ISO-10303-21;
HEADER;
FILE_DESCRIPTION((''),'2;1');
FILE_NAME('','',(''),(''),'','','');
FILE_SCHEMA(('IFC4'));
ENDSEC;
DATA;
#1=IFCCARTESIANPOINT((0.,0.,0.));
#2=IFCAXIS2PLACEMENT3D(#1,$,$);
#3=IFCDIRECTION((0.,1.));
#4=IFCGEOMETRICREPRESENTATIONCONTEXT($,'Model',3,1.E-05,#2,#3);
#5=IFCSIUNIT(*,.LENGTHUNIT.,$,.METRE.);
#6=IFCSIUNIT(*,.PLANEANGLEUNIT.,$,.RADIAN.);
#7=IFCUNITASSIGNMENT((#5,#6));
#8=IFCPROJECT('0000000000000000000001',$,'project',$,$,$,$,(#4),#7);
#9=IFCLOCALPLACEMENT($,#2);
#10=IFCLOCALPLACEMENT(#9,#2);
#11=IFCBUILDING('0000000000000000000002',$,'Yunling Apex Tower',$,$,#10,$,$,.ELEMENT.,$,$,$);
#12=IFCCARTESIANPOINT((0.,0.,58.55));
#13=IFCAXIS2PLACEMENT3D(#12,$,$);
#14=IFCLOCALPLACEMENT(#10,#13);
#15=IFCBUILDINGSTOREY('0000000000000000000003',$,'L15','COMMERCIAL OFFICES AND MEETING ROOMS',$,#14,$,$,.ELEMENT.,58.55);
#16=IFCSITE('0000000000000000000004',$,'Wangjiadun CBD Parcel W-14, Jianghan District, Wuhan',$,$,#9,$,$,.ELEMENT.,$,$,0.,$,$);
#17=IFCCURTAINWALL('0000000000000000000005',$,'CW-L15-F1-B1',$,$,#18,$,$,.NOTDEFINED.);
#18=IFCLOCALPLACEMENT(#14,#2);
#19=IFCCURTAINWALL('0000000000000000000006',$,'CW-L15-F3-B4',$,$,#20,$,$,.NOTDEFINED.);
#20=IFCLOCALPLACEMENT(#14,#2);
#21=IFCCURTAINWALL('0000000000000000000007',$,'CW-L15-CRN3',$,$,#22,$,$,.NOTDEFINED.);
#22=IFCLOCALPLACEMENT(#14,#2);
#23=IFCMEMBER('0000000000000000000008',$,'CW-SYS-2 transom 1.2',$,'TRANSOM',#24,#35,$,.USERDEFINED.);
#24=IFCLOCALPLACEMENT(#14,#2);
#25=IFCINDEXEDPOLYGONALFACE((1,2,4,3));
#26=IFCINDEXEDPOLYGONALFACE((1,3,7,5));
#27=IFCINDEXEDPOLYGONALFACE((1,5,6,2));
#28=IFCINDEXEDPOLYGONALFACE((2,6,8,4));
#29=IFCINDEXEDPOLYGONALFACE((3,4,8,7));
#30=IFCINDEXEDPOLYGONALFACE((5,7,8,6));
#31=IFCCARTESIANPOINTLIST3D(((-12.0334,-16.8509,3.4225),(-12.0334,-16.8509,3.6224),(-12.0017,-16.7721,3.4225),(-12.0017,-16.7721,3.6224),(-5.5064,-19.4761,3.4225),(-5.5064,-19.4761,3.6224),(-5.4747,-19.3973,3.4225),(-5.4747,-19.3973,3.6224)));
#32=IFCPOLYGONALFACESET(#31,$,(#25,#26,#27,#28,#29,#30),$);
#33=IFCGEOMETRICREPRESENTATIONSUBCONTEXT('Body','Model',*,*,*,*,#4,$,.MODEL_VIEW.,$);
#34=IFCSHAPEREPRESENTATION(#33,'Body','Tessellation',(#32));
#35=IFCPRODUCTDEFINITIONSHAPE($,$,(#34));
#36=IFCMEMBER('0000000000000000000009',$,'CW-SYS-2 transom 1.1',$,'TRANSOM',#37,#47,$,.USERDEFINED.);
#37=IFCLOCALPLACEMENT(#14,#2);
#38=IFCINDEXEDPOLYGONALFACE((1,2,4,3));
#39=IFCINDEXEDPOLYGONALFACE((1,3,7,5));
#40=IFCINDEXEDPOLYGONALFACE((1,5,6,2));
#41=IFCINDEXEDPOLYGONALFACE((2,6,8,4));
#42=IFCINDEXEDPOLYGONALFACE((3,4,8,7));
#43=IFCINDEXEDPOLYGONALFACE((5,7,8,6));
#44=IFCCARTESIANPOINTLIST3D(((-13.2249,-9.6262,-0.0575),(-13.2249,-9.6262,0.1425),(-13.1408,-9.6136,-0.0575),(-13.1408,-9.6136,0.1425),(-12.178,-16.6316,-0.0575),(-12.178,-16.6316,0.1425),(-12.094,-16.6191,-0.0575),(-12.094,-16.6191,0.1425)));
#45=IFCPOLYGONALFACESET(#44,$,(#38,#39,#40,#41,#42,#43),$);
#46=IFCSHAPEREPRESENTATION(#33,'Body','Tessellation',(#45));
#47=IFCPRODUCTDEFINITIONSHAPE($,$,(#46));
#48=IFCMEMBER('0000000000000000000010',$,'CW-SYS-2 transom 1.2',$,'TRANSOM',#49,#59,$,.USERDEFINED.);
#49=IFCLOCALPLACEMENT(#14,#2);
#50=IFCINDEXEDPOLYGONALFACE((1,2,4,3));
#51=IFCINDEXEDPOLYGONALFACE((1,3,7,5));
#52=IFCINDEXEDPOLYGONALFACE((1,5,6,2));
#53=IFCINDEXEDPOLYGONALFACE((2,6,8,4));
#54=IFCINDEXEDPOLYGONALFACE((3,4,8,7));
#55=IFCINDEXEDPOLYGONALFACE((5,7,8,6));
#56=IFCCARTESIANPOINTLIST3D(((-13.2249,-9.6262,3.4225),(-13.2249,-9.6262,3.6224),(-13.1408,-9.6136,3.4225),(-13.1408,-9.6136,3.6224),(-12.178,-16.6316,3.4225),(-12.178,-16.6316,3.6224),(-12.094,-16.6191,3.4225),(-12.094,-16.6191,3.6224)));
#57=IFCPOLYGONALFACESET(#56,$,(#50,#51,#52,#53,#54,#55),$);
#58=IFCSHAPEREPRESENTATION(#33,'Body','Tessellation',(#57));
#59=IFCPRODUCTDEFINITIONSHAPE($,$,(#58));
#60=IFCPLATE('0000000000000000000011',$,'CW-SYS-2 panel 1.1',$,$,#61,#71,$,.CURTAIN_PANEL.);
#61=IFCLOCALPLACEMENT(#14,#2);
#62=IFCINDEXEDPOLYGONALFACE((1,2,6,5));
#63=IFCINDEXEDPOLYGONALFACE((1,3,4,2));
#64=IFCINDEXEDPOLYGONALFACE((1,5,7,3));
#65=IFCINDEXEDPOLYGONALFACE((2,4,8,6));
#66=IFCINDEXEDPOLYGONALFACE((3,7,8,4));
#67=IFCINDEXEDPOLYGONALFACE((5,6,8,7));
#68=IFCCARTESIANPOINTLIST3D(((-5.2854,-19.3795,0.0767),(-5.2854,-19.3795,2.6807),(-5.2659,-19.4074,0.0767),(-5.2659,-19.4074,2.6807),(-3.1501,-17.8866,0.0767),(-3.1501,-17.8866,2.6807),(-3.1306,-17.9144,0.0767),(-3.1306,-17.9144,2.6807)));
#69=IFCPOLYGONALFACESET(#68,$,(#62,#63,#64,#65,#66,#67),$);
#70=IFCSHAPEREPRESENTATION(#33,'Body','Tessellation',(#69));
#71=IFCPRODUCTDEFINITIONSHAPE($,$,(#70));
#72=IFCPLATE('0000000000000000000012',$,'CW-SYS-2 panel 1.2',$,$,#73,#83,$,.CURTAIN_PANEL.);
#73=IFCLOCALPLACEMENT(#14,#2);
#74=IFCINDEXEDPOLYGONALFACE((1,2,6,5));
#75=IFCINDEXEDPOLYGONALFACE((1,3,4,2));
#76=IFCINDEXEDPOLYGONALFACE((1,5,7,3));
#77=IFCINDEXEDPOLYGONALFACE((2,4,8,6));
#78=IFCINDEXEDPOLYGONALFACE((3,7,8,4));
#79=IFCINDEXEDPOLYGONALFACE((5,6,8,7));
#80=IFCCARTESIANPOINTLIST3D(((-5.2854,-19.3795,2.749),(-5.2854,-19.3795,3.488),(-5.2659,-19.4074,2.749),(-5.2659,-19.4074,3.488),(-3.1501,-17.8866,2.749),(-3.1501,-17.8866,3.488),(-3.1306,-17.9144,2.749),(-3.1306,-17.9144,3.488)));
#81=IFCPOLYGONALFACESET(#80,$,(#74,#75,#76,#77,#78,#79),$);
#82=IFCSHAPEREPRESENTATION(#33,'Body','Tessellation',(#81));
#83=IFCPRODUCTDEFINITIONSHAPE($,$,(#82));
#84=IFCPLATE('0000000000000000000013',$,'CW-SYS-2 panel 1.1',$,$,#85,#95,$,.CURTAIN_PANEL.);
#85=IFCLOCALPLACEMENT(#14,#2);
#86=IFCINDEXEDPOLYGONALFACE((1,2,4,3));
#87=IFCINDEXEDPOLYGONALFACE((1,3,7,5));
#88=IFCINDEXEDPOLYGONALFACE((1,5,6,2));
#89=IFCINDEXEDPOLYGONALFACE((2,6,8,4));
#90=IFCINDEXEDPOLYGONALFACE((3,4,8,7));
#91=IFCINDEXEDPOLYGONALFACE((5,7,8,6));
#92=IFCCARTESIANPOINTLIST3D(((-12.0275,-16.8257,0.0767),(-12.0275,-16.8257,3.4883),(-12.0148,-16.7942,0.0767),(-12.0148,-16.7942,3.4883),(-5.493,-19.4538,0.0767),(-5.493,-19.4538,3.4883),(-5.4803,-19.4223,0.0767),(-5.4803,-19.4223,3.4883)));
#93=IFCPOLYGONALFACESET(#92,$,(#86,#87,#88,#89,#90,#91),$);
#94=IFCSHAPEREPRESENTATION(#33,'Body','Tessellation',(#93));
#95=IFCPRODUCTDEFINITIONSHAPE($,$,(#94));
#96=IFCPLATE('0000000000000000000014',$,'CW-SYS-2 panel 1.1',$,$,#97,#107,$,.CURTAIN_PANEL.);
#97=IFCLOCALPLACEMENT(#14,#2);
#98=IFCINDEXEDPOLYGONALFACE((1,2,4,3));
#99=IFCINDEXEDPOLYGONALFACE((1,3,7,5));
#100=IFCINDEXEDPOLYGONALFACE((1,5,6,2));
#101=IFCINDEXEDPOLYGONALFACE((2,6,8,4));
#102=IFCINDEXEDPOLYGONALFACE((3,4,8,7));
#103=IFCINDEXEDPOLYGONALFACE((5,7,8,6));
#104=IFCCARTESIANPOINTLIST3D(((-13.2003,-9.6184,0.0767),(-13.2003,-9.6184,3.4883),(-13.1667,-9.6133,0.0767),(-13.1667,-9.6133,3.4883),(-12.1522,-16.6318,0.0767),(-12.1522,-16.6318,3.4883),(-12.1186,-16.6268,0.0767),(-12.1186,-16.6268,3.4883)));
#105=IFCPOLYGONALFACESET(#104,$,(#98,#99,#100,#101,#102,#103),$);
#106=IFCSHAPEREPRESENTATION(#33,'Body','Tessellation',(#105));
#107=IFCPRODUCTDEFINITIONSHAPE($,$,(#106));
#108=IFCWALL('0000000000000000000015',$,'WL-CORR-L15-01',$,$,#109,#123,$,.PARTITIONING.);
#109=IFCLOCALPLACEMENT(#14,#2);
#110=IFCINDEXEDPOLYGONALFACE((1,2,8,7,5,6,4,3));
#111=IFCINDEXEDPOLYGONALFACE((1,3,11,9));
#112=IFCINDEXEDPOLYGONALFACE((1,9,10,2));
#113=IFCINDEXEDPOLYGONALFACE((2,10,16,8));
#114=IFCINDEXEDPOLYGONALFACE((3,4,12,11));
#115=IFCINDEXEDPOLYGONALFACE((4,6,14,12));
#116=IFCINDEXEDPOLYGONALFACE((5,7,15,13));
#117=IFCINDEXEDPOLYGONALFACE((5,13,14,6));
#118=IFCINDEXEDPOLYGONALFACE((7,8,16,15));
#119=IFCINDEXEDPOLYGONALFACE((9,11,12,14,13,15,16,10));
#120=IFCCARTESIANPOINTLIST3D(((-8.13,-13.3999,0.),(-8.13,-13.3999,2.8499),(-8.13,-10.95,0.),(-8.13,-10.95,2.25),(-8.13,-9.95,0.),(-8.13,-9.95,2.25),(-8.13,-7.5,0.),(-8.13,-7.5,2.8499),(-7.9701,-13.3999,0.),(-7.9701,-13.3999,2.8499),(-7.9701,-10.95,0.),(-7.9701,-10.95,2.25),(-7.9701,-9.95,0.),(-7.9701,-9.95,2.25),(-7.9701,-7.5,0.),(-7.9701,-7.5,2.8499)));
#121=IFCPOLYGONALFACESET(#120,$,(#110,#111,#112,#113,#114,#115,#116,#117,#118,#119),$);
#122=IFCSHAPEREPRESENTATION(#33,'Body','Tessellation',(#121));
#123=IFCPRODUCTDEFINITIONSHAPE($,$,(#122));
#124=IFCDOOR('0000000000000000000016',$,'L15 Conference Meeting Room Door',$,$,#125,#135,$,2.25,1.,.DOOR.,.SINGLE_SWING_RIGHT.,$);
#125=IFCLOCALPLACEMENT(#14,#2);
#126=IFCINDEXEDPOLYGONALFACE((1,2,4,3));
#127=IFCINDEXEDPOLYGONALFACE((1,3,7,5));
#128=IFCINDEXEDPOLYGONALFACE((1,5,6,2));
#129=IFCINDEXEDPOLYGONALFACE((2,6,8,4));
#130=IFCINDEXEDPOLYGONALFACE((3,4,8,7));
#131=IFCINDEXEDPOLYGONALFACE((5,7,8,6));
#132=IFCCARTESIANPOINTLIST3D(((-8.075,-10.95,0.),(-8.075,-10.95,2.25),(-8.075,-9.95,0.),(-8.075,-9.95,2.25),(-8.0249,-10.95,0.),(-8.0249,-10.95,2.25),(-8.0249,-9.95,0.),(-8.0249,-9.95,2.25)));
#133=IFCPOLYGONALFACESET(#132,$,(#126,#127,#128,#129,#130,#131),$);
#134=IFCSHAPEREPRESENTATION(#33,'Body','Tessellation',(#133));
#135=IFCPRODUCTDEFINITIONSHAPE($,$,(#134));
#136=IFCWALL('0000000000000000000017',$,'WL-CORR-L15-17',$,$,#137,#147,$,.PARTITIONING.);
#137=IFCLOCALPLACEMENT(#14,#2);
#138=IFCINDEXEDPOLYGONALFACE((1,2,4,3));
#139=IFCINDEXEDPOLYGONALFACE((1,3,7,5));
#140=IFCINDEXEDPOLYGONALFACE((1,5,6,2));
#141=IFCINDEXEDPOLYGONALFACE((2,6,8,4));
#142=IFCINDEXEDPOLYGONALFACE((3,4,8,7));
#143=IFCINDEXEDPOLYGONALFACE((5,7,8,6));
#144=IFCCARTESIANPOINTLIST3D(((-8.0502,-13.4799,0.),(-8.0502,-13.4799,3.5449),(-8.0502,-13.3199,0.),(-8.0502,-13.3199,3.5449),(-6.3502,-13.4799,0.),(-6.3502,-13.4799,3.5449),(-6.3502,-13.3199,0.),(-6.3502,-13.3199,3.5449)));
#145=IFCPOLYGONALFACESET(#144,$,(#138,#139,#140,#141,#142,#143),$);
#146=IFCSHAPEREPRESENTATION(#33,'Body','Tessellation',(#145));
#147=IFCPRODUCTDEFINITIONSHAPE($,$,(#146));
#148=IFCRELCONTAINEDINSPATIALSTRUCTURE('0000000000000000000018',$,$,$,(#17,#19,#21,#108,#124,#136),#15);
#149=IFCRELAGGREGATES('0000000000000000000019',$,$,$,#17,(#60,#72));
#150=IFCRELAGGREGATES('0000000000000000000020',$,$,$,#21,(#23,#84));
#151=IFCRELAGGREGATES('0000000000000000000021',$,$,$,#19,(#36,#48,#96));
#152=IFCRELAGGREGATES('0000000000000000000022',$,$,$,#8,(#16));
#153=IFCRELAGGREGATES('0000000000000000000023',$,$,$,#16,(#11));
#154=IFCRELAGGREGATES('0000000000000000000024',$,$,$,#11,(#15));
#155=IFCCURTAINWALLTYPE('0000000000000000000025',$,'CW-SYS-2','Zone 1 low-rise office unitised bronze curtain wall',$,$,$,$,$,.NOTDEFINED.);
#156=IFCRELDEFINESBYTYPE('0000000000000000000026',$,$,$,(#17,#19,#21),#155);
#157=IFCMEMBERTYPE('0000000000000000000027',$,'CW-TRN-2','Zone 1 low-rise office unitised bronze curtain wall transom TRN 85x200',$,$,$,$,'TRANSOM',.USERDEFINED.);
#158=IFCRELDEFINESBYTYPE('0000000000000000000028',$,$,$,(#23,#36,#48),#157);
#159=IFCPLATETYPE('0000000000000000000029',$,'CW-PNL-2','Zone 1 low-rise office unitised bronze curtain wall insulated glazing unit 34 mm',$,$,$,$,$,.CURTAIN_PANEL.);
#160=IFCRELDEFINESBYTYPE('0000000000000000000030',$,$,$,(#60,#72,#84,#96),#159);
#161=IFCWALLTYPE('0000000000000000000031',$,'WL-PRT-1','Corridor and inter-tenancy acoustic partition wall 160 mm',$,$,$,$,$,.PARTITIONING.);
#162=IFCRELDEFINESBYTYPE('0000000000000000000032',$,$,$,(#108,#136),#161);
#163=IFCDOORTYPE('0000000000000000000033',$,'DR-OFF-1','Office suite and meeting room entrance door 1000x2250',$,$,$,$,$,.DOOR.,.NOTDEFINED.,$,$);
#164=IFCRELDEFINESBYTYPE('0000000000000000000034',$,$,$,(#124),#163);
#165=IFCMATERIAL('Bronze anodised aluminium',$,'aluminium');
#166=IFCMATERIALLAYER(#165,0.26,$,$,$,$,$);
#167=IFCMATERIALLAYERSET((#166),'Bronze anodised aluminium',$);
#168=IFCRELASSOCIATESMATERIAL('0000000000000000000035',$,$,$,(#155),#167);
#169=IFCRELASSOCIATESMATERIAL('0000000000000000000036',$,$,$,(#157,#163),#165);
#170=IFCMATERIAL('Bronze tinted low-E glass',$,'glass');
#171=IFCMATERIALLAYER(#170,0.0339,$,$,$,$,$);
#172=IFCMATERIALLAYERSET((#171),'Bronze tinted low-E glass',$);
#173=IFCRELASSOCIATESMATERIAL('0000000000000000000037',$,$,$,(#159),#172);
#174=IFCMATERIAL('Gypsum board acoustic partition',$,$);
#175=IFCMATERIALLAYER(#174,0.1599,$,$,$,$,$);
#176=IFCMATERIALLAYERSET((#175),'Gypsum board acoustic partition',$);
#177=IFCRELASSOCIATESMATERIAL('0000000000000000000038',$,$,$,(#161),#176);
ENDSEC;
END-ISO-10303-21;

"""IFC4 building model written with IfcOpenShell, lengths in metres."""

from ifc_helpers import new_model, si_unit, direction, frame, frame_2d, origin, origin_2d, place, context, subcontext, project, spatial, rectangle, extrude, source, transform, mapped, material, layer, layer_set, material_profile, profile_set, type_object, element, fill, aggregate, save


model = new_model("IFC4")

# Units and contexts
model_context = context("Model", 3, precision=1e-05, world=origin(), true_north=direction((0.0, 1.0)))
body_context = subcontext(model_context, "Body", "Model", "MODEL_VIEW")
ifc_project = project(units=[si_unit("LENGTHUNIT", "METRE"), si_unit("PLANEANGLEUNIT", "RADIAN")], contexts=[model_context])

# Site, building, storey
site_placement = place(None, origin())
site = spatial("IfcSite", under=ifc_project, at=site_placement, Name="Wangjiadun CBD Parcel W-14, Jianghan District, Wuhan", CompositionType="ELEMENT", RefElevation=0.0)
building_placement = place(site_placement, origin())
building = spatial("IfcBuilding", under=site, at=building_placement, Name="Yunling Apex Tower", CompositionType="ELEMENT")
storey_placement = place(building_placement, frame((0.0, 0.0, 58.55)))
storey = spatial("IfcBuildingStorey", under=building, at=storey_placement, Name="L15", Description="COMMERCIAL OFFICES AND MEETING ROOMS", CompositionType="ELEMENT", Elevation=58.55)

# Curtain wall
ifc_material_1 = material(Name="Bronze anodised aluminium", Category="aluminium")
ifc_layer_1 = layer(ifc_material_1, 0.26)
ifc_layer_set_1 = layer_set([ifc_layer_1], Name="Bronze anodised aluminium")
curtain_wall_type = type_object("IfcCurtainWallType", Name="CW-SYS-2", Description="Zone 1 low-rise office unitised bronze curtain wall", PredefinedType="NOTDEFINED", material=ifc_layer_set_1)
curtain_wall_1_placement = place(storey_placement, origin())
curtain_wall_1 = element("IfcCurtainWall", 1, at=curtain_wall_1_placement, inside=storey, type_object=curtain_wall_type, Name="CW-L15-F1-B1", PredefinedType="NOTDEFINED")

# Curtain walls
curtain_wall_2_placement = place(storey_placement, origin())
curtain_wall_2 = element("IfcCurtainWall", 2, at=curtain_wall_2_placement, inside=storey, type_object=curtain_wall_type, Name="CW-L15-F3-B4", PredefinedType="NOTDEFINED")
curtain_wall_3_placement = place(storey_placement, origin())
curtain_wall_3 = element("IfcCurtainWall", 3, at=curtain_wall_3_placement, inside=storey, type_object=curtain_wall_type, Name="CW-L15-CRN3", PredefinedType="NOTDEFINED")

# Members
ifc_material_profile_1 = material_profile(ifc_material_1, rectangle(XDim=0.085, YDim=0.2, at=origin_2d()))
ifc_profile_set_1 = profile_set([ifc_material_profile_1], Name="Bronze anodised aluminium")
member_type_1 = type_object("IfcMemberType", Name="CW-TRN-2", Description="Zone 1 low-rise office unitised bronze curtain wall transom TRN 85x200", ElementType="TRANSOM", PredefinedType="USERDEFINED", material=ifc_profile_set_1)
shared_shape_1 = source(origin(), body_context, "Body", "SweptSolid", [
    extrude(rectangle(XDim=0.085, YDim=0.2, at=origin_2d()), origin(), (0.0, 0.0, 1.0), 7.0352),
])
member_1_placement = place(storey_placement, frame((-12.0176, -16.8115, 3.5225), z_axis=(0.927769, -0.373155, 0.0), x_axis=(0.373155, 0.927769, 0.0)))
member_1 = element("IfcMember", 4, at=member_1_placement, type_object=member_type_1, Name="CW-SYS-2 transom 1.2", ObjectType="TRANSOM", PredefinedType="USERDEFINED", context=body_context, shape_type="MappedRepresentation", body=[
    mapped(shared_shape_1, transform((0.0, 0.0, 0.0), scale=1.0)),
])
shared_shape_2 = source(origin(), body_context, "Body", "SweptSolid", [
    extrude(rectangle(XDim=0.085, YDim=0.2, at=origin_2d()), origin(), (0.0, 0.0, 1.0), 7.0833),
])
member_2_placement = place(storey_placement, frame((-13.1829, -9.6199, 0.0425), z_axis=(0.147798, -0.989018, 0.0), x_axis=(0.989018, 0.147798, 0.0)))
member_2 = element("IfcMember", 5, at=member_2_placement, type_object=member_type_1, Name="CW-SYS-2 transom 1.1", ObjectType="TRANSOM", PredefinedType="USERDEFINED", context=body_context, shape_type="MappedRepresentation", body=[
    mapped(shared_shape_2, transform((0.0, 0.0, 0.0), scale=1.0)),
])
member_3_placement = place(storey_placement, frame((-13.1829, -9.6199, 3.5225), z_axis=(0.147798, -0.989018, 0.0), x_axis=(0.989018, 0.147798, 0.0)))
member_3 = element("IfcMember", 6, at=member_3_placement, type_object=member_type_1, Name="CW-SYS-2 transom 1.2", ObjectType="TRANSOM", PredefinedType="USERDEFINED", context=body_context, shape_type="MappedRepresentation", body=[
    mapped(shared_shape_2, transform((0.0, 0.0, 0.0), scale=1.0)),
])

# Plates
ifc_material_2 = material(Name="Bronze tinted low-E glass", Category="glass")
ifc_layer_2 = layer(ifc_material_2, 0.0339)
ifc_layer_set_2 = layer_set([ifc_layer_2], Name="Bronze tinted low-E glass")
plate_type = type_object("IfcPlateType", Name="CW-PNL-2", Description="Zone 1 low-rise office unitised bronze curtain wall insulated glazing unit 34 mm", PredefinedType="CURTAIN_PANEL", material=ifc_layer_set_2)
shared_shape_3 = source(origin(), body_context, "Body", "SweptSolid", [
    extrude(rectangle(XDim=2.6055, YDim=0.0339, at=origin_2d()), origin(), (0.0, 0.0, 1.0), 2.604),
])
plate_1_placement = place(storey_placement, frame((-4.208, -18.647, 0.0767), z_axis=(0.0, 0.0, 1.0), x_axis=(0.819552, 0.573004, 0.0)))
plate_1 = element("IfcPlate", 7, at=plate_1_placement, type_object=plate_type, Name="CW-SYS-2 panel 1.1", PredefinedType="CURTAIN_PANEL", context=body_context, shape_type="MappedRepresentation", body=[
    mapped(shared_shape_3, transform((0.0, 0.0, 0.0), scale=1.0)),
])
shared_shape_4 = source(origin(), body_context, "Body", "SweptSolid", [
    extrude(rectangle(XDim=2.6055, YDim=0.0339, at=origin_2d()), origin(), (0.0, 0.0, 1.0), 0.739),
])
plate_2_placement = place(storey_placement, frame((-4.208, -18.647, 2.749), z_axis=(0.0, 0.0, 1.0), x_axis=(0.819552, 0.573004, 0.0)))
plate_2 = element("IfcPlate", 8, at=plate_2_placement, type_object=plate_type, Name="CW-SYS-2 panel 1.2", PredefinedType="CURTAIN_PANEL", context=body_context, shape_type="MappedRepresentation", body=[
    mapped(shared_shape_4, transform((0.0, 0.0, 0.0), scale=1.0)),
])
aggregate(curtain_wall_1, [plate_1, plate_2])
shared_shape_5 = source(origin(), body_context, "Body", "SweptSolid", [
    extrude(rectangle(XDim=7.0432, YDim=0.0339, at=origin_2d()), origin(), (0.0, 0.0, 1.0), 3.4116),
])
plate_3_placement = place(storey_placement, frame((-8.7539, -18.124, 0.0767), z_axis=(0.0, 0.0, 1.0), x_axis=(0.927774, -0.373144, 0.0)))
plate_3 = element("IfcPlate", 9, at=plate_3_placement, type_object=plate_type, Name="CW-SYS-2 panel 1.1", PredefinedType="CURTAIN_PANEL", context=body_context, shape_type="MappedRepresentation", body=[
    mapped(shared_shape_5, transform((0.0, 0.0, 0.0), scale=1.0)),
])
aggregate(curtain_wall_3, [member_1, plate_3])
shared_shape_6 = source(origin(), body_context, "Body", "SweptSolid", [
    extrude(rectangle(XDim=7.0913, YDim=0.0339, at=origin_2d()), origin(), (0.0, 0.0, 1.0), 3.4116),
])
plate_4_placement = place(storey_placement, frame((-12.6594, -13.1226, 0.0767), z_axis=(0.0, 0.0, 1.0), x_axis=(0.147801, -0.989017, 0.0)))
plate_4 = element("IfcPlate", 10, at=plate_4_placement, type_object=plate_type, Name="CW-SYS-2 panel 1.1", PredefinedType="CURTAIN_PANEL", context=body_context, shape_type="MappedRepresentation", body=[
    mapped(shared_shape_6, transform((0.0, 0.0, 0.0), scale=1.0)),
])
aggregate(curtain_wall_2, [member_2, member_3, plate_4])

# Wall, opening, door
ifc_material_3 = material(Name="Gypsum board acoustic partition")
ifc_layer_3 = layer(ifc_material_3, 0.1599)
ifc_layer_set_3 = layer_set([ifc_layer_3], Name="Gypsum board acoustic partition")
wall_type = type_object("IfcWallType", Name="WL-PRT-1", Description="Corridor and inter-tenancy acoustic partition wall 160 mm", PredefinedType="PARTITIONING", material=ifc_layer_set_3)
wall_1_placement = place(storey_placement, frame((-8.05, -13.3999, 0.0), z_axis=(0.0, 0.0, 1.0), x_axis=(0.0, 1.0, 0.0)))
wall_1 = element("IfcWall", 11, at=wall_1_placement, inside=storey, type_object=wall_type, Name="WL-CORR-L15-01", PredefinedType="PARTITIONING", context=body_context, shape_type="SweptSolid", body=[
    extrude(rectangle(XDim=5.8999, YDim=0.1599, at=frame_2d((2.95, 0.0))), origin(), (0.0, 0.0, 1.0), 2.8499),
])
opening_placement = place(wall_1_placement, frame((2.45, 0.0, 0.0)))
opening = element("IfcOpeningElement", 12, at=opening_placement, cuts=wall_1, PredefinedType="OPENING", context=body_context, shape_type="SweptSolid", body=[
    extrude(rectangle(XDim=1.0, YDim=2.25, at=frame_2d((0.5, 1.125))), frame((0.0, 0.0898, 0.0), z_axis=(0.0, -1.0, 0.0), x_axis=(1.0, 0.0, 0.0)), (0.0, 0.0, 1.0), 0.1799),
])
door_type = type_object("IfcDoorType", Name="DR-OFF-1", Description="Office suite and meeting room entrance door 1000x2250", OperationType="NOTDEFINED", PredefinedType="DOOR", material=ifc_material_1)
door_placement = place(opening_placement, origin())
door = element("IfcDoor", 13, at=door_placement, inside=storey, type_object=door_type, Name="L15 Conference Meeting Room Door", OperationType="SINGLE_SWING_RIGHT", OverallHeight=2.25, OverallWidth=1.0, PredefinedType="DOOR", context=body_context, shape_type="SweptSolid", body=[
    extrude(rectangle(XDim=1.0, YDim=2.25, at=frame_2d((0.5, 1.125))), frame((0.0, 0.0249, 0.0), z_axis=(0.0, -1.0, 0.0), x_axis=(1.0, 0.0, 0.0)), (0.0, 0.0, 1.0), 0.05),
])
fill(opening, door)

# Wall
wall_2_placement = place(storey_placement, frame((-6.3501, -13.3999, 0.0), z_axis=(0.0, 0.0, 1.0), x_axis=(-1.0, 0.0, 0.0)))
element("IfcWall", 14, at=wall_2_placement, inside=storey, type_object=wall_type, Name="WL-CORR-L15-17", PredefinedType="PARTITIONING", context=body_context, shape_type="SweptSolid", body=[
    extrude(rectangle(XDim=1.7, YDim=0.1599, at=frame_2d((0.8501, 0.0))), origin(), (0.0, 0.0, 1.0), 3.5449),
])

save(model, "model.ifc")
